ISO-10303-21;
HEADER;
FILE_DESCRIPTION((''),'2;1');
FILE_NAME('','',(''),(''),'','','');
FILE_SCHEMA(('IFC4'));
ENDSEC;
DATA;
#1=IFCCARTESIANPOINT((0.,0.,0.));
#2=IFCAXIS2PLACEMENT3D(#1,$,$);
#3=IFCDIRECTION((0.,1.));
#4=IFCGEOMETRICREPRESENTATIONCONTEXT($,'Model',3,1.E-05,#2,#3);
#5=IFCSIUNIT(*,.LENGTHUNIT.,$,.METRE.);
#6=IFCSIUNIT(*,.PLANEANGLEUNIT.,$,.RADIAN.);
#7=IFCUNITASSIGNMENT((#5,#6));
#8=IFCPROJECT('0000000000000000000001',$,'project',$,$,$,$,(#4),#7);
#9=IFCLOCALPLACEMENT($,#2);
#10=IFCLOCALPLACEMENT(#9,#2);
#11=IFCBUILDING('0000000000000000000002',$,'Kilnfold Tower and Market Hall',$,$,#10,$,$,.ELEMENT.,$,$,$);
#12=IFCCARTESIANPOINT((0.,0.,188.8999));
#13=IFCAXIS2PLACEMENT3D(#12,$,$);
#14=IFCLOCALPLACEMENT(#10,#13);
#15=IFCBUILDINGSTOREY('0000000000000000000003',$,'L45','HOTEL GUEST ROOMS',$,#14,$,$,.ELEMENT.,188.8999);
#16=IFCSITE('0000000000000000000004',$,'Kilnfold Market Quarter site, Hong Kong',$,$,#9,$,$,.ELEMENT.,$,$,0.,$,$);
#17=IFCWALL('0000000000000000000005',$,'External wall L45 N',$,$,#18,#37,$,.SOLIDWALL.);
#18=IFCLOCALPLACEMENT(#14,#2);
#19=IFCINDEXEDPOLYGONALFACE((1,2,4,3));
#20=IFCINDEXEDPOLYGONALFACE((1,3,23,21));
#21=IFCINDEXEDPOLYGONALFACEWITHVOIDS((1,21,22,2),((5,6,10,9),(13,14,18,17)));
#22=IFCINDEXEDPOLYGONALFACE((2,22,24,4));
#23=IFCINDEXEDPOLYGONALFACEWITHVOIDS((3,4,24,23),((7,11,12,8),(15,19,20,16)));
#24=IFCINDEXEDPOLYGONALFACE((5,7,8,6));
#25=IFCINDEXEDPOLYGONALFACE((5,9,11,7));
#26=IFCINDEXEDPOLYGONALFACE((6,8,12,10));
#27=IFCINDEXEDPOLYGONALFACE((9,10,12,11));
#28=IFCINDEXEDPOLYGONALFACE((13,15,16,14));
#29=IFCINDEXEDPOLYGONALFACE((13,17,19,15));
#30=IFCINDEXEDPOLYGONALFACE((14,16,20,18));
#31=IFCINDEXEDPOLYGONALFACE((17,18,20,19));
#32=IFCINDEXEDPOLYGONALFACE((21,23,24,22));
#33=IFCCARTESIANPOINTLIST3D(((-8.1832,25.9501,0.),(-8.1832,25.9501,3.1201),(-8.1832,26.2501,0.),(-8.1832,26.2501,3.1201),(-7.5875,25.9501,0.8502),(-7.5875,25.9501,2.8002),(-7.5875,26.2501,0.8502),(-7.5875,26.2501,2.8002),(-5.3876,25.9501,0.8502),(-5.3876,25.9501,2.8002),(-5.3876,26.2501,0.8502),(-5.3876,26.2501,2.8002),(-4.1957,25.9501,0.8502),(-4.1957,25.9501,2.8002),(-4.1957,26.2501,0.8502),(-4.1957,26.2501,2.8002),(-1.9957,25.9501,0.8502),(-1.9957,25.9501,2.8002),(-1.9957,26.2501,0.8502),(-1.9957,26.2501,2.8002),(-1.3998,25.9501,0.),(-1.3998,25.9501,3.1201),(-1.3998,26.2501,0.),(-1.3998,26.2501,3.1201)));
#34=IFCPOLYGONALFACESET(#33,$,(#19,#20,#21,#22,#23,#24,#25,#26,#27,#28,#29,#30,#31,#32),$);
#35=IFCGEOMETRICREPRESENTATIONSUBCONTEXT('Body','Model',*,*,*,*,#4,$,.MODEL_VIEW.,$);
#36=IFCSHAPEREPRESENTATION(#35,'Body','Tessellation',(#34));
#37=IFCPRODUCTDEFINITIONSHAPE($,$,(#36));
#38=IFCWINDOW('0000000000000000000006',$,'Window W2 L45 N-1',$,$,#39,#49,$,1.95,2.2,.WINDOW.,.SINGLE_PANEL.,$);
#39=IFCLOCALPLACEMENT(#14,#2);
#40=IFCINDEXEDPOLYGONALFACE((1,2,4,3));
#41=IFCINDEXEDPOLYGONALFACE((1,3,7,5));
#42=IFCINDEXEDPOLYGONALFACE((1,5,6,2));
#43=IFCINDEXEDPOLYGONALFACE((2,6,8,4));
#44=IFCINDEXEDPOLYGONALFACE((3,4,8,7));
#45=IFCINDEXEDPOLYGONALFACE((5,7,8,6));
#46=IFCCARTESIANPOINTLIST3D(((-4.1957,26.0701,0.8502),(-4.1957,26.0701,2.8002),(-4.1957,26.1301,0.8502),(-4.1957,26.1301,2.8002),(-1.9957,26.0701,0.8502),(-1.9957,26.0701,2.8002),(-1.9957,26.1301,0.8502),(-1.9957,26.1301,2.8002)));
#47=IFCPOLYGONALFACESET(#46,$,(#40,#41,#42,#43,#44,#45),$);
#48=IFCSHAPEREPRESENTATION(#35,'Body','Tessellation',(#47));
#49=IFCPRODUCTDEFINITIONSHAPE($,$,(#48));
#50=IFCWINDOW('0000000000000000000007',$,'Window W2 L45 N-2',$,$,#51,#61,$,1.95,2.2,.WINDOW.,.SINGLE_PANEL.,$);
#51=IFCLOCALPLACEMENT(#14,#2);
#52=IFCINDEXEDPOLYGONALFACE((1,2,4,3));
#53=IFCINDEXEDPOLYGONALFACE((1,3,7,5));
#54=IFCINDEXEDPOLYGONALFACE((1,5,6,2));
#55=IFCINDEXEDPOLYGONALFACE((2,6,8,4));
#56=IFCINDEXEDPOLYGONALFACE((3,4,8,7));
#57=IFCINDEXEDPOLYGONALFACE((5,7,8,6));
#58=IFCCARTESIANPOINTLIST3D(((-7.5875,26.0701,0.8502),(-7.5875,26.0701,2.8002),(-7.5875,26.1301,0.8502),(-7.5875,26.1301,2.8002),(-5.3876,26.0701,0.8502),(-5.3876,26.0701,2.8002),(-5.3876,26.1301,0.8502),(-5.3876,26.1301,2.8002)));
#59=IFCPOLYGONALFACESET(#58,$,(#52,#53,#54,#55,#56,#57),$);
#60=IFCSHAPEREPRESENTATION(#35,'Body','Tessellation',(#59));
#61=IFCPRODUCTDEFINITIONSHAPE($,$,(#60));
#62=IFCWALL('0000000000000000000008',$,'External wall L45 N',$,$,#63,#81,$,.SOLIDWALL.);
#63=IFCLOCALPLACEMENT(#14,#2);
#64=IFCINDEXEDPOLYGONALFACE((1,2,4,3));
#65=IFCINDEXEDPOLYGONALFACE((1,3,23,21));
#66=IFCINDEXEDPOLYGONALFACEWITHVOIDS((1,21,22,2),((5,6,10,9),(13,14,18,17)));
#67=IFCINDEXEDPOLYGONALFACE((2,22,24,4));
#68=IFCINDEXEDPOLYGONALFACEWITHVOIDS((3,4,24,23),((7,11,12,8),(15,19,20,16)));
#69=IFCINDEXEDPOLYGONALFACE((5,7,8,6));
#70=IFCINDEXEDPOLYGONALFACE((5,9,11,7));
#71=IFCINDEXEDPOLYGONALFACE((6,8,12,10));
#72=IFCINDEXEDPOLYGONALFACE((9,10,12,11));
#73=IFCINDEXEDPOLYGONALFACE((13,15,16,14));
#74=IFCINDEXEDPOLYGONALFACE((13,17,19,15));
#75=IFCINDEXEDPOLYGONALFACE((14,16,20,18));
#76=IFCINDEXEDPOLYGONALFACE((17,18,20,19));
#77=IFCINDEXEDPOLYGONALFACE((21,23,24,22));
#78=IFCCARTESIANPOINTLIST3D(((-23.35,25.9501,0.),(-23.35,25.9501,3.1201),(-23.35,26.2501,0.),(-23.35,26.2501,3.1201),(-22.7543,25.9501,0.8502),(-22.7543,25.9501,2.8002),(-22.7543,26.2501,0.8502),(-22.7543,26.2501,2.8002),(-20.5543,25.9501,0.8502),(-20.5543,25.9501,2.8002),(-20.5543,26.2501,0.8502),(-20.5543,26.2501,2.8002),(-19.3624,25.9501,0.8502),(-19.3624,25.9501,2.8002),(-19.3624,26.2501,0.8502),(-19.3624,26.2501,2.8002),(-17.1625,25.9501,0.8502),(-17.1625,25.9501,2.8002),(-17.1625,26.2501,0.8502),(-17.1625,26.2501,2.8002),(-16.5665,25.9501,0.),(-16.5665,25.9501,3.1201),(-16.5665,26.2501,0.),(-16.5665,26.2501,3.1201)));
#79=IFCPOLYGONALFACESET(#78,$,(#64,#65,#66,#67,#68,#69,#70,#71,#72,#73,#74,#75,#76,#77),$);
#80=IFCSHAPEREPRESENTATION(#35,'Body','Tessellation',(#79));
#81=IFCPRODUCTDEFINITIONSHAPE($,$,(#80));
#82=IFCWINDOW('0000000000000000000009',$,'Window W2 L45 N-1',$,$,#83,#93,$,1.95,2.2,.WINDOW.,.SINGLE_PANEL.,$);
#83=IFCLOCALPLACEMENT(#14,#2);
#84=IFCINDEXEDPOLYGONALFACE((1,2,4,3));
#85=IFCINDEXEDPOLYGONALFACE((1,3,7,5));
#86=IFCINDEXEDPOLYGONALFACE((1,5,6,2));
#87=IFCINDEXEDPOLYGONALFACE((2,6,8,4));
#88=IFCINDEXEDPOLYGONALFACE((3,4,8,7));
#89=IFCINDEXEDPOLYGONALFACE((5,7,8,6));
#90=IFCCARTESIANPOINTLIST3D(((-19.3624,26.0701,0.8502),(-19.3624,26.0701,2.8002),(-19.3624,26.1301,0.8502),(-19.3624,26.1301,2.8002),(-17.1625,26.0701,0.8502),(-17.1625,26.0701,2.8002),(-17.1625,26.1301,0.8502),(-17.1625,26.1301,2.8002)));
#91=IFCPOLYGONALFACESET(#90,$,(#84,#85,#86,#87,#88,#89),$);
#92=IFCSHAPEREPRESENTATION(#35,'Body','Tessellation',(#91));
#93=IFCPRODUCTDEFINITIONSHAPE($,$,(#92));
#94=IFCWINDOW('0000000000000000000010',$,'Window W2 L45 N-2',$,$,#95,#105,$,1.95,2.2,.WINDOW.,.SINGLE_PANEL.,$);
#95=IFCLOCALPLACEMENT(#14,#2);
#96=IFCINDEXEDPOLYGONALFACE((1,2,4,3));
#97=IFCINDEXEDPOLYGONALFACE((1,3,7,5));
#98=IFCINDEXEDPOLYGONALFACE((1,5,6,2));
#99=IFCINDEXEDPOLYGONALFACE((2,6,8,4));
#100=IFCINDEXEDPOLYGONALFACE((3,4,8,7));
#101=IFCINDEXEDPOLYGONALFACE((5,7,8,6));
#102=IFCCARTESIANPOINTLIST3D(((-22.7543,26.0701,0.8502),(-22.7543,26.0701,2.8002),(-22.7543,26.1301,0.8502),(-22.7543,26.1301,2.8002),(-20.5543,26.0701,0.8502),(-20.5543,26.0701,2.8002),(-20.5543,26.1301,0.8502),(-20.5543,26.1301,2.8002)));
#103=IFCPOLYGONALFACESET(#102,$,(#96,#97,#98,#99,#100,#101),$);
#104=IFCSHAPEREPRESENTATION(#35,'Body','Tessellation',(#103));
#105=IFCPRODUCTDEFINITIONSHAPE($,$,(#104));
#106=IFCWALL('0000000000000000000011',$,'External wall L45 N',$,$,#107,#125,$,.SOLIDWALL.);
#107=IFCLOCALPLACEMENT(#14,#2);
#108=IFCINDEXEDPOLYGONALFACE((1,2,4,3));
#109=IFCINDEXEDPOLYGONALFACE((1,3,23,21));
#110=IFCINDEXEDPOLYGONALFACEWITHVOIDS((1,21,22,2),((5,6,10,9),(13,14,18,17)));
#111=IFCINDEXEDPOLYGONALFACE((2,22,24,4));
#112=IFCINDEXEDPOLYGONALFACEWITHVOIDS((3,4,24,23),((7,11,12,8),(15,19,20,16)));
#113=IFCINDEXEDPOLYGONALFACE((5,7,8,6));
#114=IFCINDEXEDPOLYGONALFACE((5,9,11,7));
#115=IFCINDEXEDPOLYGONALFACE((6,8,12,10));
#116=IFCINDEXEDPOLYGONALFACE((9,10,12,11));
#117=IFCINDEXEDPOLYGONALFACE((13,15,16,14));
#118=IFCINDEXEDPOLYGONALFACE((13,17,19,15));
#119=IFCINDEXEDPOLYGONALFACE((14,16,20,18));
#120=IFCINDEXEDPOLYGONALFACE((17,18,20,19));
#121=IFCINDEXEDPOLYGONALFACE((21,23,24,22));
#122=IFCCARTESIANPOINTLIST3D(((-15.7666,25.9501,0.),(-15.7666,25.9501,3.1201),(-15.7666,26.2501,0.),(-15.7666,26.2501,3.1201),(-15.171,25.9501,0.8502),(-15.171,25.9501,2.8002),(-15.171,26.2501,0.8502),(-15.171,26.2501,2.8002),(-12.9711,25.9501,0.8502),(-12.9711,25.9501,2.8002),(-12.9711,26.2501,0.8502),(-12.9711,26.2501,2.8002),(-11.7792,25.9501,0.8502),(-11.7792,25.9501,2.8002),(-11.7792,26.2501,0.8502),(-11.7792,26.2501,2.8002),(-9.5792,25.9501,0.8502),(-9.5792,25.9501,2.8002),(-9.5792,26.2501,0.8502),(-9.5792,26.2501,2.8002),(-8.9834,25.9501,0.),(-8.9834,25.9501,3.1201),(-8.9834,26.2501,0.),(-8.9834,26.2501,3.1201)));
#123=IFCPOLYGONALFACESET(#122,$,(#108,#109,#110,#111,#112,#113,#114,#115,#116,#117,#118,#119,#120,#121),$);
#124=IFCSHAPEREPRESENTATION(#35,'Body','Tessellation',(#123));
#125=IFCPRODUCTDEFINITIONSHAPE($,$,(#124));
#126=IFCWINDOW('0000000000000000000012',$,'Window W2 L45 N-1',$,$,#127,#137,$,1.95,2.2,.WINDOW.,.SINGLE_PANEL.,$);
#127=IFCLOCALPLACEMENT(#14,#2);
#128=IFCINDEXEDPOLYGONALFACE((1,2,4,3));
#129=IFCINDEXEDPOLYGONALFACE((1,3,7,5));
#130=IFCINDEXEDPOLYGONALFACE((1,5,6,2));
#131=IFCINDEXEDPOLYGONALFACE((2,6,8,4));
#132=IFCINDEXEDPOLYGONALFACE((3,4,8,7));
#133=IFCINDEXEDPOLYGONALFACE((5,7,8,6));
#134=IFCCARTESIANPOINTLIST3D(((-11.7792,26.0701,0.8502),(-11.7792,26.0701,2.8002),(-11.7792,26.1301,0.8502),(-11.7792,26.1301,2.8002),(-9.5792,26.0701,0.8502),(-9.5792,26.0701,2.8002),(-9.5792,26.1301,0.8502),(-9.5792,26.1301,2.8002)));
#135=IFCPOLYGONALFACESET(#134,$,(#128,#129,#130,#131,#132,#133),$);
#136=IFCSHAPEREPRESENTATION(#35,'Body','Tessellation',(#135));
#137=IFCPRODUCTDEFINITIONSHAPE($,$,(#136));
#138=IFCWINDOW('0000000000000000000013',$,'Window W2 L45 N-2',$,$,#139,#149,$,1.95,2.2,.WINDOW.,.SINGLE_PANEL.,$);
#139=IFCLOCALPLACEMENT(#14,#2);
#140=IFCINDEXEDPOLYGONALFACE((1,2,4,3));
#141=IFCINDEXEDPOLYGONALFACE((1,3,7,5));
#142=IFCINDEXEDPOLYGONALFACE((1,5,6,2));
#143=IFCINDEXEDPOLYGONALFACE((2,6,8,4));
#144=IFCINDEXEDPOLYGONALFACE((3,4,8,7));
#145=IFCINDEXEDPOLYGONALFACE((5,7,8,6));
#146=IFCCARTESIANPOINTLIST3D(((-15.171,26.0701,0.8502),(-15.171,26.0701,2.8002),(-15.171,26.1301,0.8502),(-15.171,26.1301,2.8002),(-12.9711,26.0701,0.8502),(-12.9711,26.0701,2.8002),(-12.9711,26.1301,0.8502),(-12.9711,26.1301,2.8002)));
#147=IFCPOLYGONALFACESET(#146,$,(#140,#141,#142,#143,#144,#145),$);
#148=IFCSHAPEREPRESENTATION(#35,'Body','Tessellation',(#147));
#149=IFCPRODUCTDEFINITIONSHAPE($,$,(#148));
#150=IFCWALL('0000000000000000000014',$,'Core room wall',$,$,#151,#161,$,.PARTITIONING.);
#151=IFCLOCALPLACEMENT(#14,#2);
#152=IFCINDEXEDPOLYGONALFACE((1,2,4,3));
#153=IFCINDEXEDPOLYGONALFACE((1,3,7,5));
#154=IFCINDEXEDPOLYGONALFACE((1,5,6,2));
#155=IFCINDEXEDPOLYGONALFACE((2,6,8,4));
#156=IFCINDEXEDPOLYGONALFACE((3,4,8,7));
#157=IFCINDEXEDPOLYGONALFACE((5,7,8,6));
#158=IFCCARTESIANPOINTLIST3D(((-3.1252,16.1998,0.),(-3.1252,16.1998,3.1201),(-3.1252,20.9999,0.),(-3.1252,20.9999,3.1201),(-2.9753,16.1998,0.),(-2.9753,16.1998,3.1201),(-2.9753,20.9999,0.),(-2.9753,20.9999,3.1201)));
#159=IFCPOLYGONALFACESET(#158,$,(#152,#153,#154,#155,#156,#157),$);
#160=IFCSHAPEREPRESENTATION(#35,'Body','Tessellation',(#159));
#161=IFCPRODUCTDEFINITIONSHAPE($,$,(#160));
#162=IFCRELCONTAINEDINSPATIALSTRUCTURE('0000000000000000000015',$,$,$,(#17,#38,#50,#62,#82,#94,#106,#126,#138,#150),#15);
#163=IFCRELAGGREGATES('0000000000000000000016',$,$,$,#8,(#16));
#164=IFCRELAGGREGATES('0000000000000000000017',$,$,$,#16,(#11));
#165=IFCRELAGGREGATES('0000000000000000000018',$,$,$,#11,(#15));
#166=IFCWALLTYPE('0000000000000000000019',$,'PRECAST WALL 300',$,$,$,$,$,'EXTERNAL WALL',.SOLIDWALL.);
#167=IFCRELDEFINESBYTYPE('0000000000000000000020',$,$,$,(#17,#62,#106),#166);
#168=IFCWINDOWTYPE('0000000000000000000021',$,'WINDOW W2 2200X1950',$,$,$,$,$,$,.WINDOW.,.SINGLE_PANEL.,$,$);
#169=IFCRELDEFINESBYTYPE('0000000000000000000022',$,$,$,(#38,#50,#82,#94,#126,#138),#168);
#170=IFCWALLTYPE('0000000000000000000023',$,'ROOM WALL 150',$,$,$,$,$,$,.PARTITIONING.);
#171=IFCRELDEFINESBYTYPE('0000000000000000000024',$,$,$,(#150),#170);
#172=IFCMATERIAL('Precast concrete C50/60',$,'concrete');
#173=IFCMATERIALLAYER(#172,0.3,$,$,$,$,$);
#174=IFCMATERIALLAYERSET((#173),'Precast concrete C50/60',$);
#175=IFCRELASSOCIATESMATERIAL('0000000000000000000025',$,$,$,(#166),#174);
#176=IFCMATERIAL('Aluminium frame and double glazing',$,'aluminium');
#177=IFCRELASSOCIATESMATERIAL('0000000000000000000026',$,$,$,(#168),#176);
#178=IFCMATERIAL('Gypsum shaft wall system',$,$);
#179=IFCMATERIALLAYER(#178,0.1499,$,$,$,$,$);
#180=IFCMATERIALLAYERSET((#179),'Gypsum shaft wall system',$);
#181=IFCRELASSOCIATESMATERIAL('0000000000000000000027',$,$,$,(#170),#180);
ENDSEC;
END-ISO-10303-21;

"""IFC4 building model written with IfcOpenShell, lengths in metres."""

from ifc_helpers import new_model, si_unit, direction, frame, frame_2d, origin, place, context, subcontext, project, spatial, rectangle, extrude, source, transform, mapped, material, layer, layer_set, type_object, element, fill, save


model = new_model("IFC4")

# Units and contexts
model_context = context("Model", 3, precision=1e-05, world=origin(), true_north=direction((0.0, 1.0)))
body_context = subcontext(model_context, "Body", "Model", "MODEL_VIEW")
ifc_project = project(units=[si_unit("LENGTHUNIT", "METRE"), si_unit("PLANEANGLEUNIT", "RADIAN")], contexts=[model_context])

# Site, building, storey
site_placement = place(None, origin())
site = spatial("IfcSite", under=ifc_project, at=site_placement, Name="Kilnfold Market Quarter site, Hong Kong", CompositionType="ELEMENT", RefElevation=0.0)
building_placement = place(site_placement, origin())
building = spatial("IfcBuilding", under=site, at=building_placement, Name="Kilnfold Tower and Market Hall", CompositionType="ELEMENT")
storey_placement = place(building_placement, frame((0.0, 0.0, 188.8999)))
storey = spatial("IfcBuildingStorey", under=building, at=storey_placement, Name="L45", Description="HOTEL GUEST ROOMS", CompositionType="ELEMENT", Elevation=188.8999)

# Walls, openings, windows
ifc_material_1 = material(Name="Precast concrete C50/60", Category="concrete")
ifc_layer_1 = layer(ifc_material_1, 0.3)
ifc_layer_set_1 = layer_set([ifc_layer_1], Name="Precast concrete C50/60")
wall_type_1 = type_object("IfcWallType", Name="PRECAST WALL 300", ElementType="EXTERNAL WALL", PredefinedType="SOLIDWALL", material=ifc_layer_set_1)
shared_shape_1 = source(origin(), body_context, "Body", "SweptSolid", [
    extrude(rectangle(XDim=6.7834, YDim=0.3, at=frame_2d((3.3916, 0.0))), origin(), (0.0, 0.0, 1.0), 3.1201),
])
wall_1_placement = place(storey_placement, frame((-1.3999, 26.1001, 0.0), z_axis=(0.0, 0.0, 1.0), x_axis=(-1.0, 0.0, 0.0)))
wall_1 = element("IfcWall", 1, at=wall_1_placement, inside=storey, type_object=wall_type_1, Name="External wall L45 N", PredefinedType="SOLIDWALL", context=body_context, shape_type="MappedRepresentation", body=[
    mapped(shared_shape_1, transform((0.0, 0.0, 0.0))),
])
opening_1_placement = place(wall_1_placement, frame((0.5957, 0.0, 0.8501)))
opening_1 = element("IfcOpeningElement", 2, at=opening_1_placement, cuts=wall_1, PredefinedType="OPENING", context=body_context, shape_type="SweptSolid", body=[
    extrude(rectangle(XDim=2.2, YDim=1.95, at=frame_2d((1.1001, 0.9751))), frame((0.0, 0.1602, 0.0), z_axis=(0.0, -1.0, 0.0), x_axis=(1.0, 0.0, 0.0)), (0.0, 0.0, 1.0), 0.3201),
])
opening_2_placement = place(wall_1_placement, frame((3.9875, 0.0, 0.8501)))
opening_2 = element("IfcOpeningElement", 3, at=opening_2_placement, cuts=wall_1, PredefinedType="OPENING", context=body_context, shape_type="SweptSolid", body=[
    extrude(rectangle(XDim=2.2, YDim=1.95, at=frame_2d((1.1001, 0.9751))), frame((0.0, 0.1602, 0.0), z_axis=(0.0, -1.0, 0.0), x_axis=(1.0, 0.0, 0.0)), (0.0, 0.0, 1.0), 0.3201),
])
ifc_material_2 = material(Name="Aluminium frame and double glazing", Category="aluminium")
window_type = type_object("IfcWindowType", Name="WINDOW W2 2200X1950", PartitioningType="SINGLE_PANEL", PredefinedType="WINDOW", material=ifc_material_2)
window_1_placement = place(opening_1_placement, origin())
window_1 = element("IfcWindow", 4, at=window_1_placement, inside=storey, type_object=window_type, Name="Window W2 L45 N-1", OverallHeight=1.95, OverallWidth=2.2, PartitioningType="SINGLE_PANEL", PredefinedType="WINDOW", context=body_context, shape_type="SweptSolid", body=[
    extrude(rectangle(XDim=2.2, YDim=1.95, at=frame_2d((1.1001, 0.9751))), frame((0.0, 0.03, 0.0), z_axis=(0.0, -1.0, 0.0), x_axis=(1.0, 0.0, 0.0)), (0.0, 0.0, 1.0), 0.0601),
])
fill(opening_1, window_1)
window_2_placement = place(opening_2_placement, origin())
window_2 = element("IfcWindow", 5, at=window_2_placement, inside=storey, type_object=window_type, Name="Window W2 L45 N-2", OverallHeight=1.95, OverallWidth=2.2, PartitioningType="SINGLE_PANEL", PredefinedType="WINDOW", context=body_context, shape_type="SweptSolid", body=[
    extrude(rectangle(XDim=2.2, YDim=1.95, at=frame_2d((1.1001, 0.9751))), frame((0.0, 0.03, 0.0), z_axis=(0.0, -1.0, 0.0), x_axis=(1.0, 0.0, 0.0)), (0.0, 0.0, 1.0), 0.0601),
])
fill(opening_2, window_2)
wall_2_placement = place(storey_placement, frame((-16.5667, 26.1001, 0.0), z_axis=(0.0, 0.0, 1.0), x_axis=(-1.0, 0.0, 0.0)))
wall_2 = element("IfcWall", 6, at=wall_2_placement, inside=storey, type_object=wall_type_1, Name="External wall L45 N", PredefinedType="SOLIDWALL", context=body_context, shape_type="MappedRepresentation", body=[
    mapped(shared_shape_1, transform((0.0, 0.0, 0.0))),
])
opening_3_placement = place(wall_2_placement, frame((0.5957, 0.0, 0.8501)))
opening_3 = element("IfcOpeningElement", 7, at=opening_3_placement, cuts=wall_2, PredefinedType="OPENING", context=body_context, shape_type="SweptSolid", body=[
    extrude(rectangle(XDim=2.2, YDim=1.95, at=frame_2d((1.1001, 0.9751))), frame((0.0, 0.1602, 0.0), z_axis=(0.0, -1.0, 0.0), x_axis=(1.0, 0.0, 0.0)), (0.0, 0.0, 1.0), 0.3201),
])
opening_4_placement = place(wall_2_placement, frame((3.9875, 0.0, 0.8501)))
opening_4 = element("IfcOpeningElement", 8, at=opening_4_placement, cuts=wall_2, PredefinedType="OPENING", context=body_context, shape_type="SweptSolid", body=[
    extrude(rectangle(XDim=2.2, YDim=1.95, at=frame_2d((1.1001, 0.9751))), frame((0.0, 0.1602, 0.0), z_axis=(0.0, -1.0, 0.0), x_axis=(1.0, 0.0, 0.0)), (0.0, 0.0, 1.0), 0.3201),
])
window_3_placement = place(opening_3_placement, origin())
window_3 = element("IfcWindow", 9, at=window_3_placement, inside=storey, type_object=window_type, Name="Window W2 L45 N-1", OverallHeight=1.95, OverallWidth=2.2, PartitioningType="SINGLE_PANEL", PredefinedType="WINDOW", context=body_context, shape_type="SweptSolid", body=[
    extrude(rectangle(XDim=2.2, YDim=1.95, at=frame_2d((1.1001, 0.9751))), frame((0.0, 0.03, 0.0), z_axis=(0.0, -1.0, 0.0), x_axis=(1.0, 0.0, 0.0)), (0.0, 0.0, 1.0), 0.0601),
])
fill(opening_3, window_3)
window_4_placement = place(opening_4_placement, origin())
window_4 = element("IfcWindow", 10, at=window_4_placement, inside=storey, type_object=window_type, Name="Window W2 L45 N-2", OverallHeight=1.95, OverallWidth=2.2, PartitioningType="SINGLE_PANEL", PredefinedType="WINDOW", context=body_context, shape_type="SweptSolid", body=[
    extrude(rectangle(XDim=2.2, YDim=1.95, at=frame_2d((1.1001, 0.9751))), frame((0.0, 0.03, 0.0), z_axis=(0.0, -1.0, 0.0), x_axis=(1.0, 0.0, 0.0)), (0.0, 0.0, 1.0), 0.0601),
])
fill(opening_4, window_4)
shared_shape_2 = source(origin(), body_context, "Body", "SweptSolid", [
    extrude(rectangle(XDim=6.7832, YDim=0.3, at=frame_2d((3.3916, 0.0))), origin(), (0.0, 0.0, 1.0), 3.1201),
])
wall_3_placement = place(storey_placement, frame((-8.9834, 26.1001, 0.0), z_axis=(0.0, 0.0, 1.0), x_axis=(-1.0, 0.0, 0.0)))
wall_3 = element("IfcWall", 11, at=wall_3_placement, inside=storey, type_object=wall_type_1, Name="External wall L45 N", PredefinedType="SOLIDWALL", context=body_context, shape_type="MappedRepresentation", body=[
    mapped(shared_shape_2, transform((0.0, 0.0, 0.0))),
])
opening_5_placement = place(wall_3_placement, frame((0.5957, 0.0, 0.8501)))
opening_5 = element("IfcOpeningElement", 12, at=opening_5_placement, cuts=wall_3, PredefinedType="OPENING", context=body_context, shape_type="SweptSolid", body=[
    extrude(rectangle(XDim=2.2, YDim=1.95, at=frame_2d((1.1001, 0.9751))), frame((0.0, 0.1602, 0.0), z_axis=(0.0, -1.0, 0.0), x_axis=(1.0, 0.0, 0.0)), (0.0, 0.0, 1.0), 0.3201),
])
opening_6_placement = place(wall_3_placement, frame((3.9875, 0.0, 0.8501)))
opening_6 = element("IfcOpeningElement", 13, at=opening_6_placement, cuts=wall_3, PredefinedType="OPENING", context=body_context, shape_type="SweptSolid", body=[
    extrude(rectangle(XDim=2.2, YDim=1.95, at=frame_2d((1.1001, 0.9751))), frame((0.0, 0.1602, 0.0), z_axis=(0.0, -1.0, 0.0), x_axis=(1.0, 0.0, 0.0)), (0.0, 0.0, 1.0), 0.3201),
])
window_5_placement = place(opening_5_placement, origin())
window_5 = element("IfcWindow", 14, at=window_5_placement, inside=storey, type_object=window_type, Name="Window W2 L45 N-1", OverallHeight=1.95, OverallWidth=2.2, PartitioningType="SINGLE_PANEL", PredefinedType="WINDOW", context=body_context, shape_type="SweptSolid", body=[
    extrude(rectangle(XDim=2.2, YDim=1.95, at=frame_2d((1.1001, 0.9751))), frame((0.0, 0.03, 0.0), z_axis=(0.0, -1.0, 0.0), x_axis=(1.0, 0.0, 0.0)), (0.0, 0.0, 1.0), 0.0601),
])
fill(opening_5, window_5)
window_6_placement = place(opening_6_placement, origin())
window_6 = element("IfcWindow", 15, at=window_6_placement, inside=storey, type_object=window_type, Name="Window W2 L45 N-2", OverallHeight=1.95, OverallWidth=2.2, PartitioningType="SINGLE_PANEL", PredefinedType="WINDOW", context=body_context, shape_type="SweptSolid", body=[
    extrude(rectangle(XDim=2.2, YDim=1.95, at=frame_2d((1.1001, 0.9751))), frame((0.0, 0.03, 0.0), z_axis=(0.0, -1.0, 0.0), x_axis=(1.0, 0.0, 0.0)), (0.0, 0.0, 1.0), 0.0601),
])
fill(opening_6, window_6)

# Wall
ifc_material_3 = material(Name="Gypsum shaft wall system")
ifc_layer_2 = layer(ifc_material_3, 0.1499)
ifc_layer_set_2 = layer_set([ifc_layer_2], Name="Gypsum shaft wall system")
wall_type_2 = type_object("IfcWallType", Name="ROOM WALL 150", PredefinedType="PARTITIONING", material=ifc_layer_set_2)
shared_shape_3 = source(origin(), body_context, "Body", "SweptSolid", [
    extrude(rectangle(XDim=4.8, YDim=0.1499, at=frame_2d((2.3999, 0.0))), origin(), (0.0, 0.0, 1.0), 3.1201),
])
wall_4_placement = place(storey_placement, frame((-3.0503, 16.2, 0.0), z_axis=(0.0, 0.0, 1.0), x_axis=(0.0, 1.0, 0.0)))
element("IfcWall", 16, at=wall_4_placement, inside=storey, type_object=wall_type_2, Name="Core room wall", PredefinedType="PARTITIONING", context=body_context, shape_type="MappedRepresentation", body=[
    mapped(shared_shape_3, transform((0.0, 0.0, 0.0))),
])

save(model, "model.ifc")
